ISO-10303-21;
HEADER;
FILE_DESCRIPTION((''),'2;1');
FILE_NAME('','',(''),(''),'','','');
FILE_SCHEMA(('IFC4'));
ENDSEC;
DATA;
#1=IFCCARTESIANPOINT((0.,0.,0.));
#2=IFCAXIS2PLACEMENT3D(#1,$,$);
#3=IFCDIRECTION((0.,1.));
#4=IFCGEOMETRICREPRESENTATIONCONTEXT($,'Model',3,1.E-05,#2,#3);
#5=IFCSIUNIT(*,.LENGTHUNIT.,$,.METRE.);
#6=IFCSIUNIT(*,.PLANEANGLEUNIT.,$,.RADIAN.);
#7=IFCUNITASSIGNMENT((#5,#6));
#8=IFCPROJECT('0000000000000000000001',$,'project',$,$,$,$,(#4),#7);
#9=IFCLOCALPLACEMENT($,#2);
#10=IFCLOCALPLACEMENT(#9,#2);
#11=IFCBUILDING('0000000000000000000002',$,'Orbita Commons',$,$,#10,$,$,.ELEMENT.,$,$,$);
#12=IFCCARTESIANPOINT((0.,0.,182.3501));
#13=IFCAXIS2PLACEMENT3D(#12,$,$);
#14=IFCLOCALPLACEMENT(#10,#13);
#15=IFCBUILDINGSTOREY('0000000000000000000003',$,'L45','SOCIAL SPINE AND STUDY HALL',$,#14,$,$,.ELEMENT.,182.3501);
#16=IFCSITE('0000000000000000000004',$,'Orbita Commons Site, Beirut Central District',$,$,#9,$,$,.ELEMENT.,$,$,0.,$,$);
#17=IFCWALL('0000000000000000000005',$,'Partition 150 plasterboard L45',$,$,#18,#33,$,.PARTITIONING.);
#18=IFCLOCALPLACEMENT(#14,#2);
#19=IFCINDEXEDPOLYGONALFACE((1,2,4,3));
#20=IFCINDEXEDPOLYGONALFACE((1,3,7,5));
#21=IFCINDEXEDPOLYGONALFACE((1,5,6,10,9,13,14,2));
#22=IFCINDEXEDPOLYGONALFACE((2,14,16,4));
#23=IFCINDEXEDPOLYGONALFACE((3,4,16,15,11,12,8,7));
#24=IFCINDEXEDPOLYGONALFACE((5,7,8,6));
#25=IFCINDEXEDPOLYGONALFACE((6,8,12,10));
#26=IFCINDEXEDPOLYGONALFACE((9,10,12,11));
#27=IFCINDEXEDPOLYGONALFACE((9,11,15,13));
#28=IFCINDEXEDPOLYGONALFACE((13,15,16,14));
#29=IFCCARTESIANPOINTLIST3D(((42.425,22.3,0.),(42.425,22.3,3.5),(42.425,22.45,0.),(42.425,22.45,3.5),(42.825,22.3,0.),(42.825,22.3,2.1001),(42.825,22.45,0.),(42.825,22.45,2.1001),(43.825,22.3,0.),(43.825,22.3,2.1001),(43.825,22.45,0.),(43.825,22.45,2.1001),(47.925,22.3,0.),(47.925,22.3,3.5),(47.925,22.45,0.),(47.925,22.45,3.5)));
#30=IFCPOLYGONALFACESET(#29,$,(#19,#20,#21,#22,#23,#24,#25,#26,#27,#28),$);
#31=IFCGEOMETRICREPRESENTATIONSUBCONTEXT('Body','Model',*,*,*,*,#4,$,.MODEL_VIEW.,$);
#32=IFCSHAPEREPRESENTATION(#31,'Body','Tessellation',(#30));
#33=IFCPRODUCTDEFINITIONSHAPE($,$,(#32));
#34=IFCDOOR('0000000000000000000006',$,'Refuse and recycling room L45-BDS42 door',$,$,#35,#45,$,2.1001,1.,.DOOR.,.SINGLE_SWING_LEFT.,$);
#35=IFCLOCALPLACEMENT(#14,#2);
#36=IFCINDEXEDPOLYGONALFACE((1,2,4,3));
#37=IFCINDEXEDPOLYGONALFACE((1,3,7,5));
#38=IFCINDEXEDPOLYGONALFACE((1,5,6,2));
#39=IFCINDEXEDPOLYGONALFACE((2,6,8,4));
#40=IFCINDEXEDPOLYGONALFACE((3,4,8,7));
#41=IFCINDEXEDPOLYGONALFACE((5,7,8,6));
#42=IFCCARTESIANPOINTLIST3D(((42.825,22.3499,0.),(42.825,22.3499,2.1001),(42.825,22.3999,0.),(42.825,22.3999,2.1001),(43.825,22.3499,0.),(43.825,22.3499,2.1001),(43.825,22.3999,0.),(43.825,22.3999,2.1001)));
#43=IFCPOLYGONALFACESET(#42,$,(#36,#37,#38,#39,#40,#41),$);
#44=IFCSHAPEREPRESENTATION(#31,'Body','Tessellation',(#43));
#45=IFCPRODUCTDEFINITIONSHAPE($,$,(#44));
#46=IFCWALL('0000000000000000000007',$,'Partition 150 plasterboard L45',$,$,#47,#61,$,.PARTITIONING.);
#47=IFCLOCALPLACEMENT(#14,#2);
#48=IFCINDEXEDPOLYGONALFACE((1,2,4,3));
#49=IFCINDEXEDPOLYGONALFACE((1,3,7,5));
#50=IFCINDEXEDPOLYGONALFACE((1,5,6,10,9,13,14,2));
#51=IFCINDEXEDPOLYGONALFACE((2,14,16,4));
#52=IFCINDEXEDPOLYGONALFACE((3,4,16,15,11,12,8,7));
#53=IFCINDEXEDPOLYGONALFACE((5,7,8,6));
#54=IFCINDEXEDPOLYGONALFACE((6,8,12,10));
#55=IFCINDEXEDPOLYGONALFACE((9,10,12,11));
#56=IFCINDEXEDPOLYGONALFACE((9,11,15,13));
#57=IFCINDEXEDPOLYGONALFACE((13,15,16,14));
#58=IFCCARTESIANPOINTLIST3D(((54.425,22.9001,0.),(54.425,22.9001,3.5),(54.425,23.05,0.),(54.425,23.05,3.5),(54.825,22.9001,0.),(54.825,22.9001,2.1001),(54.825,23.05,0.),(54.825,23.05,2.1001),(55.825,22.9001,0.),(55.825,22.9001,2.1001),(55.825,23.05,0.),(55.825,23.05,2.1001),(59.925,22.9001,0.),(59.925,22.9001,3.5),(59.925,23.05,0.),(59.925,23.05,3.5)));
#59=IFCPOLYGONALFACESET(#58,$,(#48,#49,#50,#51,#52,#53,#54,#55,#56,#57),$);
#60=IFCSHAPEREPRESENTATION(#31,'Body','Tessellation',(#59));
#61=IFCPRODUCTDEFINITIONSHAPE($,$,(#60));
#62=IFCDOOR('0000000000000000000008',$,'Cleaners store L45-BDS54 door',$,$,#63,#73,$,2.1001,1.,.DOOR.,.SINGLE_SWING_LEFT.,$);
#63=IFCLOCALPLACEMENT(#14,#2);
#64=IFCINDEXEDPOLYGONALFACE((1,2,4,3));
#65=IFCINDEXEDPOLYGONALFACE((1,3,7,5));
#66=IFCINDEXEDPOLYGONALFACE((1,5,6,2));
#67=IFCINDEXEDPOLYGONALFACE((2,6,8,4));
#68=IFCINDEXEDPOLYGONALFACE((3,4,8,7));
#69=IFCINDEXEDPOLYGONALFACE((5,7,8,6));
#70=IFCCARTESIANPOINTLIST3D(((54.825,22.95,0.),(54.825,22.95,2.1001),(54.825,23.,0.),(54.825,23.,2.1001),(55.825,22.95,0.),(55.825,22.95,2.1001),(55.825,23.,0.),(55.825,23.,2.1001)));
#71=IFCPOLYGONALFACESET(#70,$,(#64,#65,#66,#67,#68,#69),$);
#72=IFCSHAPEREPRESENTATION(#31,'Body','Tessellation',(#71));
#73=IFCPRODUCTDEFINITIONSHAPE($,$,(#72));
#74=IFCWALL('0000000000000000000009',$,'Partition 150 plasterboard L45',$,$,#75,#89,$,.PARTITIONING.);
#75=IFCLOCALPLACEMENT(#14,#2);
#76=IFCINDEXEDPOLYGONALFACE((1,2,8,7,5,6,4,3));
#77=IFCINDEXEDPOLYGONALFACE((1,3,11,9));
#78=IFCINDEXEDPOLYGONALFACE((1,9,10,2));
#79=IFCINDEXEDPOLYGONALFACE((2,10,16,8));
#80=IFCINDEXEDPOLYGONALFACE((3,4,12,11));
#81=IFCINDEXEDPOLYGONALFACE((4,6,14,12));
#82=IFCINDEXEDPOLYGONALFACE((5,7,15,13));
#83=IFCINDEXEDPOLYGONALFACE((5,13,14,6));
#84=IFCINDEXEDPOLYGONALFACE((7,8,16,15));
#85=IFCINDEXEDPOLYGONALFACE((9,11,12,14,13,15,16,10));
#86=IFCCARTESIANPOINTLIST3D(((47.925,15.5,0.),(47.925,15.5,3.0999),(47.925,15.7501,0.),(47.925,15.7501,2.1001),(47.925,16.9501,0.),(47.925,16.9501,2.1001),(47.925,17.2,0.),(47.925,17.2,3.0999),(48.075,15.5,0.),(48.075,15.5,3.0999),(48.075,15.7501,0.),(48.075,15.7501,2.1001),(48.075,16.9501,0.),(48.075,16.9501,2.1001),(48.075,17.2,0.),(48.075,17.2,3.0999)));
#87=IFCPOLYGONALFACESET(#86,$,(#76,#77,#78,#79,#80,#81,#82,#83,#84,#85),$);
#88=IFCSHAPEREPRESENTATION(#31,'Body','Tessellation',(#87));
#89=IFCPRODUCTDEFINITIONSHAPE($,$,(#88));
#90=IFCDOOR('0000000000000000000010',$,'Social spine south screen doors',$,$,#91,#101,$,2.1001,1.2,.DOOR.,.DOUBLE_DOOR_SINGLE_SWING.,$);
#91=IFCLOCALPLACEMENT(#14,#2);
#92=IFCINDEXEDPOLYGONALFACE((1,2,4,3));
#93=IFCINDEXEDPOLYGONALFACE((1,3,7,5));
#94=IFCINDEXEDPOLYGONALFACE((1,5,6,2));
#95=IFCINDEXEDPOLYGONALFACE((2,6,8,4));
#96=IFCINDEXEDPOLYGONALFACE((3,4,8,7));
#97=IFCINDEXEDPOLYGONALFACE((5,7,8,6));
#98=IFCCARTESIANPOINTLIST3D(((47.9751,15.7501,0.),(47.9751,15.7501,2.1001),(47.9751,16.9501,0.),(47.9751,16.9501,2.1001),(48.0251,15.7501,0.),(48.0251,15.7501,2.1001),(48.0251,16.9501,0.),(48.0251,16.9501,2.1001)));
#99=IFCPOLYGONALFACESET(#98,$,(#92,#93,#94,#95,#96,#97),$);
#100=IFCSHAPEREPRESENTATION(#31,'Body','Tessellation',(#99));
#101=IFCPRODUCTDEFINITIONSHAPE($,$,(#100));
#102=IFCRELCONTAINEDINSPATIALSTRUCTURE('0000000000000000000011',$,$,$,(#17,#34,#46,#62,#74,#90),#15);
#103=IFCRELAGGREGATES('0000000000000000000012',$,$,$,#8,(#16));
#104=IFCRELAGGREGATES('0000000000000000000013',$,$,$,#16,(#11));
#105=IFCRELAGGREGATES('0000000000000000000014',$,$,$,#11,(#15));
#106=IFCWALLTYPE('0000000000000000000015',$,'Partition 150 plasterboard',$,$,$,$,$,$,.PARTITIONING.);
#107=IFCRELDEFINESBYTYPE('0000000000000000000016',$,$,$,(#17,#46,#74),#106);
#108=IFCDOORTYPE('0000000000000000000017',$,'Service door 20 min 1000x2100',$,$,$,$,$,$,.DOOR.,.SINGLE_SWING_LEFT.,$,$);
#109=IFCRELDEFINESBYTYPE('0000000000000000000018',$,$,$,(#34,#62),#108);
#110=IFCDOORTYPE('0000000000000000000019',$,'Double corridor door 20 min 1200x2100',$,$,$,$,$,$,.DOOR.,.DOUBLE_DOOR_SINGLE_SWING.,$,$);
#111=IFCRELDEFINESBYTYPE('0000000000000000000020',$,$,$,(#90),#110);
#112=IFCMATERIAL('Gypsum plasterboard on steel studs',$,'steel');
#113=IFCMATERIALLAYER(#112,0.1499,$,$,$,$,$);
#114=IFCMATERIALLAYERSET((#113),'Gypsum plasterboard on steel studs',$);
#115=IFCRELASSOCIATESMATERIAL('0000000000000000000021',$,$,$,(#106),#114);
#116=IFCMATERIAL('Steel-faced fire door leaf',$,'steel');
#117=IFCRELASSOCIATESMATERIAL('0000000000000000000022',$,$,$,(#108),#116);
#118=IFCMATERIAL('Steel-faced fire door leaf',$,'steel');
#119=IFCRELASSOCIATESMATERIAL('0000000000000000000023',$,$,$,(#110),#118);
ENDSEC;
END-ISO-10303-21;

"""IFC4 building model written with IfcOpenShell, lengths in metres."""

from ifc_helpers import new_model, si_unit, direction, frame, frame_2d, origin, place, context, subcontext, project, spatial, polyline, rectangle, outline, extrude, material, layer, layer_set, type_object, element, fill, save


model = new_model("IFC4")

# Units and contexts
model_context = context("Model", 3, precision=1e-05, world=origin(), true_north=direction((0.0, 1.0)))
body_context = subcontext(model_context, "Body", "Model", "MODEL_VIEW")
ifc_project = project(units=[si_unit("LENGTHUNIT", "METRE"), si_unit("PLANEANGLEUNIT", "RADIAN")], contexts=[model_context])

# Site, building, storey
site_placement = place(None, origin())
site = spatial("IfcSite", under=ifc_project, at=site_placement, Name="Orbita Commons Site, Beirut Central District", CompositionType="ELEMENT", RefElevation=0.0)
building_placement = place(site_placement, origin())
building = spatial("IfcBuilding", under=site, at=building_placement, Name="Orbita Commons", CompositionType="ELEMENT")
storey_placement = place(building_placement, frame((0.0, 0.0, 182.3501)))
storey = spatial("IfcBuildingStorey", under=building, at=storey_placement, Name="L45", Description="SOCIAL SPINE AND STUDY HALL", CompositionType="ELEMENT", Elevation=182.3501)

# Walls, openings, doors
ifc_material_1 = material(Name="Gypsum plasterboard on steel studs", Category="steel")
ifc_layer_1 = layer(ifc_material_1, 0.1499)
ifc_layer_set_1 = layer_set([ifc_layer_1], Name="Gypsum plasterboard on steel studs")
wall_type_1 = type_object("IfcWallType", Name="Partition 150 plasterboard", PredefinedType="PARTITIONING", material=ifc_layer_set_1)
wall_1_placement = place(storey_placement, frame((42.425, 22.375, 0.0), z_axis=(0.0, 0.0, 1.0), x_axis=(1.0, 0.0, 0.0)))
wall_1 = element("IfcWall", 1, at=wall_1_placement, inside=storey, type_object=wall_type_1, Name="Partition 150 plasterboard L45", PredefinedType="PARTITIONING", context=body_context, shape_type="SweptSolid", body=[
    extrude(rectangle(XDim=5.5, YDim=0.1499, at=frame_2d((2.75, 0.0))), origin(), (0.0, 0.0, 1.0), 3.5),
])
opening_1_placement = place(wall_1_placement, frame((0.3999, 0.0, 0.0)))
opening_1 = element("IfcOpeningElement", 2, at=opening_1_placement, cuts=wall_1, PredefinedType="OPENING", context=body_context, shape_type="SweptSolid", body=[
    extrude(rectangle(XDim=1.0, YDim=2.1001, at=frame_2d((0.5, 1.05))), frame((0.0, 0.085, 0.0), z_axis=(0.0, -1.0, 0.0), x_axis=(1.0, 0.0, 0.0)), (0.0, 0.0, 1.0), 0.1699),
])
ifc_material_2 = material(Name="Steel-faced fire door leaf", Category="steel")
door_type_1 = type_object("IfcDoorType", Name="Service door 20 min 1000x2100", OperationType="SINGLE_SWING_LEFT", PredefinedType="DOOR", material=ifc_material_2)
door_1_placement = place(opening_1_placement, origin())
door_1 = element("IfcDoor", 3, at=door_1_placement, inside=storey, type_object=door_type_1, Name="Refuse and recycling room L45-BDS42 door", OperationType="SINGLE_SWING_LEFT", OverallHeight=2.1001, OverallWidth=1.0, PredefinedType="DOOR", context=body_context, shape_type="SweptSolid", body=[
    extrude(rectangle(XDim=1.0, YDim=2.1001, at=frame_2d((0.5, 1.05))), frame((0.0, 0.0249, 0.0), z_axis=(0.0, -1.0, 0.0), x_axis=(1.0, 0.0, 0.0)), (0.0, 0.0, 1.0), 0.05),
])
fill(opening_1, door_1)
wall_2_placement = place(storey_placement, frame((54.425, 22.9751, 0.0), z_axis=(0.0, 0.0, 1.0), x_axis=(1.0, 0.0, 0.0)))
wall_2 = element("IfcWall", 4, at=wall_2_placement, inside=storey, type_object=wall_type_1, Name="Partition 150 plasterboard L45", PredefinedType="PARTITIONING", context=body_context, shape_type="SweptSolid", body=[
    extrude(rectangle(XDim=5.5, YDim=0.1499, at=frame_2d((2.75, 0.0))), origin(), (0.0, 0.0, 1.0), 3.5),
])
opening_2_placement = place(wall_2_placement, frame((0.3999, 0.0, 0.0)))
opening_2 = element("IfcOpeningElement", 5, at=opening_2_placement, cuts=wall_2, PredefinedType="OPENING", context=body_context, shape_type="SweptSolid", body=[
    extrude(rectangle(XDim=1.0, YDim=2.1001, at=frame_2d((0.5, 1.05))), frame((0.0, 0.085, 0.0), z_axis=(0.0, -1.0, 0.0), x_axis=(1.0, 0.0, 0.0)), (0.0, 0.0, 1.0), 0.1699),
])
door_2_placement = place(opening_2_placement, origin())
door_2 = element("IfcDoor", 6, at=door_2_placement, inside=storey, type_object=door_type_1, Name="Cleaners store L45-BDS54 door", OperationType="SINGLE_SWING_LEFT", OverallHeight=2.1001, OverallWidth=1.0, PredefinedType="DOOR", context=body_context, shape_type="SweptSolid", body=[
    extrude(rectangle(XDim=1.0, YDim=2.1001, at=frame_2d((0.5, 1.05))), frame((0.0, 0.0249, 0.0), z_axis=(0.0, -1.0, 0.0), x_axis=(1.0, 0.0, 0.0)), (0.0, 0.0, 1.0), 0.05),
])
fill(opening_2, door_2)
wall_3_placement = place(storey_placement, frame((48.0, 15.5, 0.0), z_axis=(0.0, 0.0, 1.0), x_axis=(0.0, 1.0, 0.0)))
wall_3 = element("IfcWall", 7, at=wall_3_placement, inside=storey, type_object=wall_type_1, Name="Partition 150 plasterboard L45", PredefinedType="PARTITIONING", context=body_context, shape_type="SweptSolid", body=[
    extrude(outline(polyline([(0.0, 0.0), (1.7, 0.0), (1.7, 3.0999), (0.0, 3.0999), (0.0, 0.0)])), frame((0.0, 0.075, 0.0), z_axis=(0.0, -1.0, 0.0), x_axis=(1.0, 0.0, 0.0)), (0.0, 0.0, 1.0), 0.1499),
])
opening_3_placement = place(wall_3_placement, frame((0.25, 0.0, 0.0)))
opening_3 = element("IfcOpeningElement", 8, at=opening_3_placement, cuts=wall_3, PredefinedType="OPENING", context=body_context, shape_type="SweptSolid", body=[
    extrude(rectangle(XDim=1.2, YDim=2.1001, at=frame_2d((0.6001, 1.05))), frame((0.0, 0.085, 0.0), z_axis=(0.0, -1.0, 0.0), x_axis=(1.0, 0.0, 0.0)), (0.0, 0.0, 1.0), 0.1699),
])
ifc_material_3 = material(Name="Steel-faced fire door leaf", Category="steel")
door_type_2 = type_object("IfcDoorType", Name="Double corridor door 20 min 1200x2100", OperationType="DOUBLE_DOOR_SINGLE_SWING", PredefinedType="DOOR", material=ifc_material_3)
door_3_placement = place(opening_3_placement, origin())
door_3 = element("IfcDoor", 9, at=door_3_placement, inside=storey, type_object=door_type_2, Name="Social spine south screen doors", OperationType="DOUBLE_DOOR_SINGLE_SWING", OverallHeight=2.1001, OverallWidth=1.2, PredefinedType="DOOR", context=body_context, shape_type="SweptSolid", body=[
    extrude(rectangle(XDim=1.2, YDim=2.1001, at=frame_2d((0.6001, 1.05))), frame((0.0, 0.0249, 0.0), z_axis=(0.0, -1.0, 0.0), x_axis=(1.0, 0.0, 0.0)), (0.0, 0.0, 1.0), 0.05),
])
fill(opening_3, door_3)

save(model, "model.ifc")
